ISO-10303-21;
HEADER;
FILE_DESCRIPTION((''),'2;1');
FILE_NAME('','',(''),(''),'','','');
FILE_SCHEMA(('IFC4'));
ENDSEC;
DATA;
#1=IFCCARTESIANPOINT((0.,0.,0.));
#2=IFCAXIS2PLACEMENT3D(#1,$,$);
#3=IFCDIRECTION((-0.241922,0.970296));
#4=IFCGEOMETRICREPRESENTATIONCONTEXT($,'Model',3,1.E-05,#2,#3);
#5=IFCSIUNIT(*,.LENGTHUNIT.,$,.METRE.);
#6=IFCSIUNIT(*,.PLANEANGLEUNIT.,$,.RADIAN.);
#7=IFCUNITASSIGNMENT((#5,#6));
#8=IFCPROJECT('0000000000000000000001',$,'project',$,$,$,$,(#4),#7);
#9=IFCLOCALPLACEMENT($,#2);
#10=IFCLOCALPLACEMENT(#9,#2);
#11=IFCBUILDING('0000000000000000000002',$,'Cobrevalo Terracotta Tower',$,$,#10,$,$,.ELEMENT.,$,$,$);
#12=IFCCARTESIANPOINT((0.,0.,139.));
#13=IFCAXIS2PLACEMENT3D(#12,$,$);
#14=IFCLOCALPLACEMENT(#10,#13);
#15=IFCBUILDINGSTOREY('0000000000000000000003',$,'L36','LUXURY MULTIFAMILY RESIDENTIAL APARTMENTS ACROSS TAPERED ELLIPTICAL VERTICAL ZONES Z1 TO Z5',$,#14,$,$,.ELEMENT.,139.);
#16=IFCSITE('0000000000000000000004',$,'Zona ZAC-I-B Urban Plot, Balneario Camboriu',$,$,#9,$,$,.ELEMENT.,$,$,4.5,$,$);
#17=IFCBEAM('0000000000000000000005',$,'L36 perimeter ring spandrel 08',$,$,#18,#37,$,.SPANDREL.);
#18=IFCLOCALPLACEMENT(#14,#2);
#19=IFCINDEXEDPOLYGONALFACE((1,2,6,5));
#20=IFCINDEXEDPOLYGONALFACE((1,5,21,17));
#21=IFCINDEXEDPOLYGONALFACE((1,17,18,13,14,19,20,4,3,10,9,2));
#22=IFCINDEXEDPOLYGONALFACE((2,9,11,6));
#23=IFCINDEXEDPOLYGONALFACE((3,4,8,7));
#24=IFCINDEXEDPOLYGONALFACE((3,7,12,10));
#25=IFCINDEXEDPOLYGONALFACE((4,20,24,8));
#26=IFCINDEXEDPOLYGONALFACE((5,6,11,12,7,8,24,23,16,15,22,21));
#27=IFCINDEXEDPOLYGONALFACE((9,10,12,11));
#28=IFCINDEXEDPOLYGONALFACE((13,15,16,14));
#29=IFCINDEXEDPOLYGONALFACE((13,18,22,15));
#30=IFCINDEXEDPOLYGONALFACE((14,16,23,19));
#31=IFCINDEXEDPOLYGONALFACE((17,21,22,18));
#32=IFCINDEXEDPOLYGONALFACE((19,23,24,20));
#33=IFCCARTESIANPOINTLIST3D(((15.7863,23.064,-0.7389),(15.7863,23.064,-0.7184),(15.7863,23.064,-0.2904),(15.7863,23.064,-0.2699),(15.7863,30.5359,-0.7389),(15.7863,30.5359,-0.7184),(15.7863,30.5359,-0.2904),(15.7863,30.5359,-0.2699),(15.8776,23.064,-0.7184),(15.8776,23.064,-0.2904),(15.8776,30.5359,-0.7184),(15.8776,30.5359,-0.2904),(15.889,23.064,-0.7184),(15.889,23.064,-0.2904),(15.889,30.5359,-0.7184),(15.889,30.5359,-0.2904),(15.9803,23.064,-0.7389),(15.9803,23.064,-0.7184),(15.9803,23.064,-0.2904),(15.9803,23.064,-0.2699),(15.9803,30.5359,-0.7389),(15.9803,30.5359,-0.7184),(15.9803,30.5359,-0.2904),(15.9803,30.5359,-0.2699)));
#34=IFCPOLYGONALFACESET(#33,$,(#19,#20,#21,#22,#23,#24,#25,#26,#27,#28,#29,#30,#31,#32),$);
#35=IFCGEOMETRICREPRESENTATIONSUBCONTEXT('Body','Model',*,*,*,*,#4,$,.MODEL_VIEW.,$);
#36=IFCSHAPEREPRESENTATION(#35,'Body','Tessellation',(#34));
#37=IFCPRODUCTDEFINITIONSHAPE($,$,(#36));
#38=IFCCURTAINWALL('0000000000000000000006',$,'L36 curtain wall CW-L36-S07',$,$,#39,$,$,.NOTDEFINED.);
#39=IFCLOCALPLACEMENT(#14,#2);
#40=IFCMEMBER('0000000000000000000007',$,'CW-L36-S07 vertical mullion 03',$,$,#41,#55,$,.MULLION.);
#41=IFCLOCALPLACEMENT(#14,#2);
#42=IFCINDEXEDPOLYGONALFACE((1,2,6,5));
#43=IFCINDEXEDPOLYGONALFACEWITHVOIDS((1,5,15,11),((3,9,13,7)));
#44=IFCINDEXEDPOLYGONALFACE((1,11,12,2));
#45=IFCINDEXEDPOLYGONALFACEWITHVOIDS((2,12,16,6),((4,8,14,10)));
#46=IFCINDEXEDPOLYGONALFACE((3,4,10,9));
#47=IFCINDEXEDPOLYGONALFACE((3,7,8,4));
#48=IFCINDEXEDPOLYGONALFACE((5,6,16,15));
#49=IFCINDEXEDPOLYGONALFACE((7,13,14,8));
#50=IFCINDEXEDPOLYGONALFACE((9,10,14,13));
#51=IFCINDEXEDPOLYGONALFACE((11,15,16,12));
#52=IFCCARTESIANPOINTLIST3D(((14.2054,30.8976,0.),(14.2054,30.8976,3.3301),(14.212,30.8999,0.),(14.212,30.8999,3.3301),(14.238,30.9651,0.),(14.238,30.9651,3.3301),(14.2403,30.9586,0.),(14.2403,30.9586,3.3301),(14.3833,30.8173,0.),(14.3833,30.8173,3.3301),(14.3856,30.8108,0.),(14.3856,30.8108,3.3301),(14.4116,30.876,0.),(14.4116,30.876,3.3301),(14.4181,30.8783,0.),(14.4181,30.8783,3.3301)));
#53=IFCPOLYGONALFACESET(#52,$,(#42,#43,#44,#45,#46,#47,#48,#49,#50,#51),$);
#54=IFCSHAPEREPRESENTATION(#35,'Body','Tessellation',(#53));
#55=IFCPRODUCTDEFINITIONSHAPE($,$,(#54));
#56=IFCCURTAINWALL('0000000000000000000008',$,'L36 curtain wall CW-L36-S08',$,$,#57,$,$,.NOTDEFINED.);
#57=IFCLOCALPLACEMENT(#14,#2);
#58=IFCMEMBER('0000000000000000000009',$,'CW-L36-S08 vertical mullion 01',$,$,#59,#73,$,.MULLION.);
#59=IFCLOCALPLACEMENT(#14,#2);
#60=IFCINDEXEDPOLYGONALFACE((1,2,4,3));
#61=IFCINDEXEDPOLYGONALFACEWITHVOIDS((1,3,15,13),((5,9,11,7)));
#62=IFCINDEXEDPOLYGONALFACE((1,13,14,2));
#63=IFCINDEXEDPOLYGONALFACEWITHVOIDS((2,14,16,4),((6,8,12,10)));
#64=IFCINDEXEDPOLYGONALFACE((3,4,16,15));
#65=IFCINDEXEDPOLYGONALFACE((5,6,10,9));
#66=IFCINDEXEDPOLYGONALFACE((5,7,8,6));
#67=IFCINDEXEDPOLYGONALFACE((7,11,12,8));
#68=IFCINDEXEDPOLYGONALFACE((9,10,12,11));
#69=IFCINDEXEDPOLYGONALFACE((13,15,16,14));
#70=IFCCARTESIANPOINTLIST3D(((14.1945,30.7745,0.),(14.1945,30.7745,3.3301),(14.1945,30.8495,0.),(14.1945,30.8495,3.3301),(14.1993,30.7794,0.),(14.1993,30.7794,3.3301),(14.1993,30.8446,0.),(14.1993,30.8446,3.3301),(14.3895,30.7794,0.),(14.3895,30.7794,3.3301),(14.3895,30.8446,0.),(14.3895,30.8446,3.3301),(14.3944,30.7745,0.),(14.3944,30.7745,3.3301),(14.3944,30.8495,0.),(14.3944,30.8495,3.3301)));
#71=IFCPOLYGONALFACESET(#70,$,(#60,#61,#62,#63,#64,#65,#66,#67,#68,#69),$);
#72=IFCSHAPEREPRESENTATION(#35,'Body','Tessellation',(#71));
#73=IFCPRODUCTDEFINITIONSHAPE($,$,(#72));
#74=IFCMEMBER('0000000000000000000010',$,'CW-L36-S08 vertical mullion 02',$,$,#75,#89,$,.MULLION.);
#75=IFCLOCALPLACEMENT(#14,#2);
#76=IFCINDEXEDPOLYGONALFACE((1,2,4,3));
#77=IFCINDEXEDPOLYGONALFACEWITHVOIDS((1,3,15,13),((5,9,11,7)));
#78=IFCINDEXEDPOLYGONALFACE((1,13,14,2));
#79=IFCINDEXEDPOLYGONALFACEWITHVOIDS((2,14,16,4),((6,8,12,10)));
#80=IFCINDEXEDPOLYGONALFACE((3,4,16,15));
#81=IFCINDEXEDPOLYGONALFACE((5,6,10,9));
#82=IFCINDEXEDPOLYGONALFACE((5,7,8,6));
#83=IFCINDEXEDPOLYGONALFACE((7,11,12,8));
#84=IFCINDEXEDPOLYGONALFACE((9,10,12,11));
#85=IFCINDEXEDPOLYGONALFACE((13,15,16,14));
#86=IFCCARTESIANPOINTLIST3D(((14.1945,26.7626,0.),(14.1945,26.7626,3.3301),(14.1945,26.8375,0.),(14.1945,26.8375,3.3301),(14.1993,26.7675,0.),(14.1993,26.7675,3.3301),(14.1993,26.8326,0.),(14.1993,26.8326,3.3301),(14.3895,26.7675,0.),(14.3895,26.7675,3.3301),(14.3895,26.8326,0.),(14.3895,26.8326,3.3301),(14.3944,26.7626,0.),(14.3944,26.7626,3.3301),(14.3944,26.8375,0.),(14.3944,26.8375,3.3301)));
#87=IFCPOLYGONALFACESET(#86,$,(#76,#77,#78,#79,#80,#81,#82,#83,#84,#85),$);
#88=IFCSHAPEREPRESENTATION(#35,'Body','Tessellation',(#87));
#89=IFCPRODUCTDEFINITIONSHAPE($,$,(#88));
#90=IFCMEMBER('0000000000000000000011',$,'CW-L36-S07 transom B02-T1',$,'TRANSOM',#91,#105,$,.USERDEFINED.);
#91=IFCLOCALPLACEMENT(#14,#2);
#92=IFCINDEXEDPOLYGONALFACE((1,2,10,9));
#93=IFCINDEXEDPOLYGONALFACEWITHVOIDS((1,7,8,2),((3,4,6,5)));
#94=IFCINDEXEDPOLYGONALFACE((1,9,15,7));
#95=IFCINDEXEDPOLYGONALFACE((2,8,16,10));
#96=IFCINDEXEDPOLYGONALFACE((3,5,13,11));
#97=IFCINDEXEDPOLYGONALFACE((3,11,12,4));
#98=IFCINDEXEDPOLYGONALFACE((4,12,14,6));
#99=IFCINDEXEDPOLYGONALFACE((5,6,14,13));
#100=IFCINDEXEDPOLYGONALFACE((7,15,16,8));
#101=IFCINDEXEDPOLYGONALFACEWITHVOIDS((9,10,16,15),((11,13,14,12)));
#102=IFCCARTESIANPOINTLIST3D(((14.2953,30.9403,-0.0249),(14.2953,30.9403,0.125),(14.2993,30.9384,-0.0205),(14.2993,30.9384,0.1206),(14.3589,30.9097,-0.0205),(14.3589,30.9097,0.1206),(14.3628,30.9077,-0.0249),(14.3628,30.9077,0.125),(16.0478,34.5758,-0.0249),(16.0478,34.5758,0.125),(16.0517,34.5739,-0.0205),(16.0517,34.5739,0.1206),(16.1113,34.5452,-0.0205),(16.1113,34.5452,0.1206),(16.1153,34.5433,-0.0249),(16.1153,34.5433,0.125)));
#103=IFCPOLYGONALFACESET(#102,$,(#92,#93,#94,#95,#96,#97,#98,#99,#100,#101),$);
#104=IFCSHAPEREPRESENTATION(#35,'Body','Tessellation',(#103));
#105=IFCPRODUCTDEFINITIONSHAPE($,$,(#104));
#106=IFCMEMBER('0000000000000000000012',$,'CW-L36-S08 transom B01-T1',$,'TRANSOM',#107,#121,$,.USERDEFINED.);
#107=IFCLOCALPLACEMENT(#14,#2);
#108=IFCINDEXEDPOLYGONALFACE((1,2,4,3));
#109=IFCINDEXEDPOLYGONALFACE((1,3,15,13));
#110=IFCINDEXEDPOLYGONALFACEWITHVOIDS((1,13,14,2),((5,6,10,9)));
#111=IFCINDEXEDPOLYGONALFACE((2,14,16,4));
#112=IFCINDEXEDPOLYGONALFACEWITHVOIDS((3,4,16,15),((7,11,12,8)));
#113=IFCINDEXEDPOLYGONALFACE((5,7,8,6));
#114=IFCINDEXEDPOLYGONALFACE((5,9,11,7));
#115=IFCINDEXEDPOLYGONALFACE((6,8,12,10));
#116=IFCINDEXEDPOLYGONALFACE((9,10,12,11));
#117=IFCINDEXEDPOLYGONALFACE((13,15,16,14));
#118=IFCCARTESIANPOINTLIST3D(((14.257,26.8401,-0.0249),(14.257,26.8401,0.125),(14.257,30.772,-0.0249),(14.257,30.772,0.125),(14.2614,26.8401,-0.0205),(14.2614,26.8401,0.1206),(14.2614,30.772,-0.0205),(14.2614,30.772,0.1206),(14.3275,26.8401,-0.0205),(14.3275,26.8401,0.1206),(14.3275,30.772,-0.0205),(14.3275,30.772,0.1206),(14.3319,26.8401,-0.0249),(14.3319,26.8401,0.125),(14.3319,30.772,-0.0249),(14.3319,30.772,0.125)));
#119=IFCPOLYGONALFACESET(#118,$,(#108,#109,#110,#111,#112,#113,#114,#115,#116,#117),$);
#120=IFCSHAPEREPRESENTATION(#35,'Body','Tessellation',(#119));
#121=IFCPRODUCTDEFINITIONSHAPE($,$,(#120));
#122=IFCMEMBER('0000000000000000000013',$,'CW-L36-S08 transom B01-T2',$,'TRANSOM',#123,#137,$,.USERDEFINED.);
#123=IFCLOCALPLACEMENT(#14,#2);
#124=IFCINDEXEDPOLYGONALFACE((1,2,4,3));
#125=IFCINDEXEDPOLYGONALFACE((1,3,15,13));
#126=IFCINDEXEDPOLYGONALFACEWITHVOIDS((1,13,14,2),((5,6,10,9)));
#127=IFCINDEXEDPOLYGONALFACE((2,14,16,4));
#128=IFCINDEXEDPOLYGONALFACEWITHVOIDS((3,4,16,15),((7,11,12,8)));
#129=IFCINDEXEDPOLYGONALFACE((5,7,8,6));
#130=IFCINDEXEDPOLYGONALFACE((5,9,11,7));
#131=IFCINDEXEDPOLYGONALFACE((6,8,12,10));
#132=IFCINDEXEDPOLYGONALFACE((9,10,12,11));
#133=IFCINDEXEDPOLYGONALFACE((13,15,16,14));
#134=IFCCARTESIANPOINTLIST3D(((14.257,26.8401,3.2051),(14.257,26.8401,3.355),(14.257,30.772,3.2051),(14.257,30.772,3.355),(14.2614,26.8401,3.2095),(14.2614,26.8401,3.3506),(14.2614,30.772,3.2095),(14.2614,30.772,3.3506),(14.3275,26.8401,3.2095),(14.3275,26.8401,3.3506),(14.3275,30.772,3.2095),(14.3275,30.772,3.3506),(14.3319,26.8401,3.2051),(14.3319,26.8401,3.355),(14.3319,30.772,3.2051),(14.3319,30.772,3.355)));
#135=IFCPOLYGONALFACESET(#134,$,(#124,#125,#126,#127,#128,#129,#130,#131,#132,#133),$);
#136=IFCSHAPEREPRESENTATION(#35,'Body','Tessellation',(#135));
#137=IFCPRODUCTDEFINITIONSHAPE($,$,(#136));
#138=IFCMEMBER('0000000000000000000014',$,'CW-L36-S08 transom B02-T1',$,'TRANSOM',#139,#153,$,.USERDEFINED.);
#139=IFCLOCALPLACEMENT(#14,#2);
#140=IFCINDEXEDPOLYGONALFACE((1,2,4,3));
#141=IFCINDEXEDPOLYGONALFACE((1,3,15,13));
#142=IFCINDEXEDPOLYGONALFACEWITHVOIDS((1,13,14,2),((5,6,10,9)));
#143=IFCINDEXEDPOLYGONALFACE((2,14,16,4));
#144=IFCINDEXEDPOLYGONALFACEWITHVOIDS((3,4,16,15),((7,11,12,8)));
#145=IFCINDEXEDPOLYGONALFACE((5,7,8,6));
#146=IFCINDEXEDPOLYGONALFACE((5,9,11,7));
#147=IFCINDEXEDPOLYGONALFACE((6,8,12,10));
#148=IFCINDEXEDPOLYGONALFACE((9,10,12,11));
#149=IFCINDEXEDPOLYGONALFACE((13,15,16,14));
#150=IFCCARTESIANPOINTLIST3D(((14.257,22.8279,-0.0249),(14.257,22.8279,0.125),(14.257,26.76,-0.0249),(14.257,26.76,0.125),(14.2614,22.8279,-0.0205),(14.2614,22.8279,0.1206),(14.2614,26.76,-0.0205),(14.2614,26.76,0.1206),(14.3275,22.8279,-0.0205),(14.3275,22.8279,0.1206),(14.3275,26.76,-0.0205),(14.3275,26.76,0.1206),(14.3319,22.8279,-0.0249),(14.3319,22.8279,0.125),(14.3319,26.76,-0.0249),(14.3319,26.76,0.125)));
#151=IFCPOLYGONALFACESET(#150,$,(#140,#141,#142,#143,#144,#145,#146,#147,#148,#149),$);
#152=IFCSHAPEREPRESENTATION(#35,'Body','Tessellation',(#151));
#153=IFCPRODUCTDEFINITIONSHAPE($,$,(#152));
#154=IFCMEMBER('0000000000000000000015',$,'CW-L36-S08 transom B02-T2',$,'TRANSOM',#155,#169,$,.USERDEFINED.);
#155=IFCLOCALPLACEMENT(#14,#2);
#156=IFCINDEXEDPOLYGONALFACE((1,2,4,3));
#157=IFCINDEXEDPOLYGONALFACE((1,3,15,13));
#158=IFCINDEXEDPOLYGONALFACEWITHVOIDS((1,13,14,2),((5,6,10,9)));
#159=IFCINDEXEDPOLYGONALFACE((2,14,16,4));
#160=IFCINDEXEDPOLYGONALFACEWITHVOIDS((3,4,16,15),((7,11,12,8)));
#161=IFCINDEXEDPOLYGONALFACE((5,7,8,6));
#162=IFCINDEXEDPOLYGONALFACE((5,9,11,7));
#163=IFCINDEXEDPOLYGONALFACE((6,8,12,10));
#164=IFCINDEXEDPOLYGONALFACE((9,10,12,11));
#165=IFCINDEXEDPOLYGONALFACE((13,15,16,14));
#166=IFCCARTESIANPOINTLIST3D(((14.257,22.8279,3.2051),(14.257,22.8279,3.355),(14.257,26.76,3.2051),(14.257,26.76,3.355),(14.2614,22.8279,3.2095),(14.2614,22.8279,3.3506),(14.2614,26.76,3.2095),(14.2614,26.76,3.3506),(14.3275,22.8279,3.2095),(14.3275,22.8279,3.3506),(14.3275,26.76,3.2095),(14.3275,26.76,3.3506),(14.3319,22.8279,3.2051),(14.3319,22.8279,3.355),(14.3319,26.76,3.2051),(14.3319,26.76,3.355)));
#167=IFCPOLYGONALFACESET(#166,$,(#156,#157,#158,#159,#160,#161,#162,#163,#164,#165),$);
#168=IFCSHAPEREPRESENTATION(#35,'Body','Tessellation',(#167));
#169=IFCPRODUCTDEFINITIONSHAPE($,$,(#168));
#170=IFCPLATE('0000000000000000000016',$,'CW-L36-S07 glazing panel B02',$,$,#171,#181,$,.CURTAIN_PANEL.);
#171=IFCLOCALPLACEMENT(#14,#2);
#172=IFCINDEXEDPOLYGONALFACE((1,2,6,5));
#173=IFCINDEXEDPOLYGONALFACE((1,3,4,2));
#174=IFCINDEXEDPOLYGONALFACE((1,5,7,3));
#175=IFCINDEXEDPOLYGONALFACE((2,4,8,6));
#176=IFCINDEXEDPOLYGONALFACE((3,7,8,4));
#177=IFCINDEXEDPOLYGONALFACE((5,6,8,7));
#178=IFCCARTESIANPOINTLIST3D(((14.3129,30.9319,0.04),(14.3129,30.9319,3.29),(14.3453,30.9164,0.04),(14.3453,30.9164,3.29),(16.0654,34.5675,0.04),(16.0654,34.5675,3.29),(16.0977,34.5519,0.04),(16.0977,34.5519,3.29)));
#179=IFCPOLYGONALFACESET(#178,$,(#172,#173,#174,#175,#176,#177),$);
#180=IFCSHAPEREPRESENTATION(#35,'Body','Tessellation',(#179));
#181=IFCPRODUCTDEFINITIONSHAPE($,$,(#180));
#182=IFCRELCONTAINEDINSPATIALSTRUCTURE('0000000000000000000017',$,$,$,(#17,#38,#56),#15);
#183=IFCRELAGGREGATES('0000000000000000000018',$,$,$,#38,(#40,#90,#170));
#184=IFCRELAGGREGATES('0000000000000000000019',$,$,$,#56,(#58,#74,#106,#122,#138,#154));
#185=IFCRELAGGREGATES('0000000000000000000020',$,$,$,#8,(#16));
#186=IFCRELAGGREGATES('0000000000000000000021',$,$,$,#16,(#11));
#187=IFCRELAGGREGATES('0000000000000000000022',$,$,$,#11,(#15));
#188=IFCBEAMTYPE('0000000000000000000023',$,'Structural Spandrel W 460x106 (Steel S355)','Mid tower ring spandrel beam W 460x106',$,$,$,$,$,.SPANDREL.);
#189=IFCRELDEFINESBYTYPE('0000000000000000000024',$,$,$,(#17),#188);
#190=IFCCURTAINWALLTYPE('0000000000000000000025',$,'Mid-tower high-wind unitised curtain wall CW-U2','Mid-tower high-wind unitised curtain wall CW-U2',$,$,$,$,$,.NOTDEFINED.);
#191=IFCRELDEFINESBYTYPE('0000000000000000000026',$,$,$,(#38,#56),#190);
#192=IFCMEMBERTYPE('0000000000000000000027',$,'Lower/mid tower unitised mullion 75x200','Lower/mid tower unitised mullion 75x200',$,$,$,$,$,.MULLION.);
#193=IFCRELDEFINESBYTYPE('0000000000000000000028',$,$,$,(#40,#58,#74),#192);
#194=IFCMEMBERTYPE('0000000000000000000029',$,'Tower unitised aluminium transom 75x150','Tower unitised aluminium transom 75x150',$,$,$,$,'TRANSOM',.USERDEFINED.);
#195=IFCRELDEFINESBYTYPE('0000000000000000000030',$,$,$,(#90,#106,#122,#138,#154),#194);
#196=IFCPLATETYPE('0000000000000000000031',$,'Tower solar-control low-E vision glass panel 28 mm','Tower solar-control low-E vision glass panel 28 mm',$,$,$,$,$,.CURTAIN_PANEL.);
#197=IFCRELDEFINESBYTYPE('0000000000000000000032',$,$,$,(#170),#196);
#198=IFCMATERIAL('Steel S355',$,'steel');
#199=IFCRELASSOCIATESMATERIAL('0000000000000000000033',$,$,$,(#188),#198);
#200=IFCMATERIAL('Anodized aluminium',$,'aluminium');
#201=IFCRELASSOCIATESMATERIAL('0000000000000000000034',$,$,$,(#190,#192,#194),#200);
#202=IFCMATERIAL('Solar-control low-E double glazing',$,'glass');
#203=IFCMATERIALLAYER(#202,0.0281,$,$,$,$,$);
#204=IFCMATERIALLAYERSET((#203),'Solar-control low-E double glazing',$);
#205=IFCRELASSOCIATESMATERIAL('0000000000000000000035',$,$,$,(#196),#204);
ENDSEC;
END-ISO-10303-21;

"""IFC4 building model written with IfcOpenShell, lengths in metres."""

from ifc_helpers import new_model, si_unit, direction, frame, origin, origin_2d, place, context, subcontext, project, spatial, rectangle, hollow_rectangle, i_section, extrude, source, transform, mapped, material, layer, layer_set, material_profile, profile_set, type_object, element, aggregate, save


model = new_model("IFC4")

# Units and contexts
model_context = context("Model", 3, precision=1e-05, world=origin(), true_north=direction((-0.241922, 0.970296)))
body_context = subcontext(model_context, "Body", "Model", "MODEL_VIEW")
ifc_project = project(units=[si_unit("LENGTHUNIT", "METRE"), si_unit("PLANEANGLEUNIT", "RADIAN")], contexts=[model_context])

# Site, building, storey
site_placement = place(None, origin())
site = spatial("IfcSite", under=ifc_project, at=site_placement, Name="Zona ZAC-I-B Urban Plot, Balneario Camboriu", CompositionType="ELEMENT", RefElevation=4.5)
building_placement = place(site_placement, origin())
building = spatial("IfcBuilding", under=site, at=building_placement, Name="Cobrevalo Terracotta Tower", CompositionType="ELEMENT")
storey_placement = place(building_placement, frame((0.0, 0.0, 139.0)))
storey = spatial("IfcBuildingStorey", under=building, at=storey_placement, Name="L36", Description="LUXURY MULTIFAMILY RESIDENTIAL APARTMENTS ACROSS TAPERED ELLIPTICAL VERTICAL ZONES Z1 TO Z5", CompositionType="ELEMENT", Elevation=139.0)

# Shared definitions
ifc_material_1 = material(Name="Steel S355", Category="steel")

# Beam
ifc_material_profile_1 = material_profile(ifc_material_1, i_section(OverallWidth=0.1941, OverallDepth=0.469, WebThickness=0.0115, FlangeThickness=0.0205, at=origin_2d()), Name="W 460x106")
ifc_profile_set_1 = profile_set([ifc_material_profile_1], Name="Steel S355")
beam_type_1 = type_object("IfcBeamType", Name="Structural Spandrel W 460x106 (Steel S355)", Description="Mid tower ring spandrel beam W 460x106", PredefinedType="SPANDREL", material=ifc_profile_set_1)
beam_1_placement = place(storey_placement, frame((15.8833, 30.5359, -0.5044), z_axis=(0.0, -1.0, 0.0), x_axis=(1.0, 0.0, 0.0)))
element("IfcBeam", 1, at=beam_1_placement, inside=storey, type_object=beam_type_1, Name="L36 perimeter ring spandrel 08", PredefinedType="SPANDREL", context=body_context, shape_type="SweptSolid", body=[
    extrude(i_section(OverallWidth=0.1941, OverallDepth=0.469, WebThickness=0.0115, FlangeThickness=0.0205, at=origin_2d()), origin(), (0.0, 0.0, 1.0), 7.4719),
])

# Curtain wall, member
ifc_material_2 = material(Name="Anodized aluminium", Category="aluminium")
curtain_wall_type = type_object("IfcCurtainWallType", Name="Mid-tower high-wind unitised curtain wall CW-U2", Description="Mid-tower high-wind unitised curtain wall CW-U2", PredefinedType="NOTDEFINED", material=ifc_material_2)
curtain_wall_1_placement = place(storey_placement, origin())
curtain_wall_1 = element("IfcCurtainWall", 2, at=curtain_wall_1_placement, inside=storey, type_object=curtain_wall_type, Name="L36 curtain wall CW-L36-S07", PredefinedType="NOTDEFINED")
ifc_material_profile_2 = material_profile(ifc_material_2, hollow_rectangle(XDim=0.075, YDim=0.2, WallThickness=0.0049, at=origin_2d()), Name="CWM 75x200")
ifc_profile_set_2 = profile_set([ifc_material_profile_2], Name="Anodized aluminium")
member_type_1 = type_object("IfcMemberType", Name="Lower/mid tower unitised mullion 75x200", Description="Lower/mid tower unitised mullion 75x200", PredefinedType="MULLION", material=ifc_profile_set_2)
shared_shape_1 = source(origin(), body_context, "Body", "SweptSolid", [
    extrude(hollow_rectangle(XDim=0.075, YDim=0.2, WallThickness=0.0049, at=origin_2d()), origin(), (0.0, 0.0, 1.0), 3.3301),
])
member_1_placement = place(storey_placement, frame((14.3118, 30.8879, 0.0), z_axis=(0.0, 0.0, 1.0), x_axis=(-0.434209, -0.900812, 0.0)))
member_1 = element("IfcMember", 3, at=member_1_placement, type_object=member_type_1, Name="CW-L36-S07 vertical mullion 03", PredefinedType="MULLION", context=body_context, shape_type="MappedRepresentation", body=[
    mapped(shared_shape_1, transform((0.0, 0.0, 0.0), scale=1.0)),
])

# Curtain wall, members
curtain_wall_2_placement = place(storey_placement, origin())
curtain_wall_2 = element("IfcCurtainWall", 4, at=curtain_wall_2_placement, inside=storey, type_object=curtain_wall_type, Name="L36 curtain wall CW-L36-S08", PredefinedType="NOTDEFINED")
member_2_placement = place(storey_placement, frame((14.2944, 30.812, 0.0), z_axis=(0.0, 0.0, 1.0), x_axis=(0.0, -1.0, 0.0)))
member_2 = element("IfcMember", 5, at=member_2_placement, type_object=member_type_1, Name="CW-L36-S08 vertical mullion 01", PredefinedType="MULLION", context=body_context, shape_type="MappedRepresentation", body=[
    mapped(shared_shape_1, transform((0.0, 0.0, 0.0), scale=1.0)),
])
member_3_placement = place(storey_placement, frame((14.2944, 26.8, 0.0), z_axis=(0.0, 0.0, 1.0), x_axis=(0.0, -1.0, 0.0)))
member_3 = element("IfcMember", 6, at=member_3_placement, type_object=member_type_1, Name="CW-L36-S08 vertical mullion 02", PredefinedType="MULLION", context=body_context, shape_type="MappedRepresentation", body=[
    mapped(shared_shape_1, transform((0.0, 0.0, 0.0), scale=1.0)),
])

# Members
ifc_material_profile_3 = material_profile(ifc_material_2, hollow_rectangle(XDim=0.075, YDim=0.1499, WallThickness=0.0044, at=origin_2d()), Name="CWT 75x150")
ifc_profile_set_3 = profile_set([ifc_material_profile_3], Name="Anodized aluminium")
member_type_2 = type_object("IfcMemberType", Name="Tower unitised aluminium transom 75x150", Description="Tower unitised aluminium transom 75x150", ElementType="TRANSOM", PredefinedType="USERDEFINED", material=ifc_profile_set_3)
shared_shape_2 = source(origin(), body_context, "Body", "SweptSolid", [
    extrude(hollow_rectangle(XDim=0.075, YDim=0.1499, WallThickness=0.0044, at=origin_2d()), origin(), (0.0, 0.0, 1.0), 4.0359),
])
member_4_placement = place(storey_placement, frame((16.0815, 34.5596, 0.05), z_axis=(-0.434221, -0.900806, 0.0), x_axis=(0.900806, -0.434221, 0.0)))
member_4 = element("IfcMember", 7, at=member_4_placement, type_object=member_type_2, Name="CW-L36-S07 transom B02-T1", ObjectType="TRANSOM", PredefinedType="USERDEFINED", context=body_context, shape_type="MappedRepresentation", body=[
    mapped(shared_shape_2, transform((0.0, 0.0, 0.0), scale=1.0)),
])
shared_shape_3 = source(origin(), body_context, "Body", "SweptSolid", [
    extrude(hollow_rectangle(XDim=0.075, YDim=0.1499, WallThickness=0.0044, at=origin_2d()), origin(), (0.0, 0.0, 1.0), 3.9319),
])
member_5_placement = place(storey_placement, frame((14.2944, 30.772, 0.05), z_axis=(0.0, -1.0, 0.0), x_axis=(1.0, 0.0, 0.0)))
member_5 = element("IfcMember", 8, at=member_5_placement, type_object=member_type_2, Name="CW-L36-S08 transom B01-T1", ObjectType="TRANSOM", PredefinedType="USERDEFINED", context=body_context, shape_type="MappedRepresentation", body=[
    mapped(shared_shape_3, transform((0.0, 0.0, 0.0), scale=1.0)),
])
member_6_placement = place(storey_placement, frame((14.2944, 30.772, 3.28), z_axis=(0.0, -1.0, 0.0), x_axis=(1.0, 0.0, 0.0)))
member_6 = element("IfcMember", 9, at=member_6_placement, type_object=member_type_2, Name="CW-L36-S08 transom B01-T2", ObjectType="TRANSOM", PredefinedType="USERDEFINED", context=body_context, shape_type="MappedRepresentation", body=[
    mapped(shared_shape_3, transform((0.0, 0.0, 0.0), scale=1.0)),
])
shared_shape_4 = source(origin(), body_context, "Body", "SweptSolid", [
    extrude(hollow_rectangle(XDim=0.075, YDim=0.1499, WallThickness=0.0044, at=origin_2d()), origin(), (0.0, 0.0, 1.0), 3.9321),
])
member_7_placement = place(storey_placement, frame((14.2944, 26.76, 0.05), z_axis=(0.0, -1.0, 0.0), x_axis=(1.0, 0.0, 0.0)))
member_7 = element("IfcMember", 10, at=member_7_placement, type_object=member_type_2, Name="CW-L36-S08 transom B02-T1", ObjectType="TRANSOM", PredefinedType="USERDEFINED", context=body_context, shape_type="MappedRepresentation", body=[
    mapped(shared_shape_4, transform((0.0, 0.0, 0.0), scale=1.0)),
])
member_8_placement = place(storey_placement, frame((14.2944, 26.76, 3.28), z_axis=(0.0, -1.0, 0.0), x_axis=(1.0, 0.0, 0.0)))
member_8 = element("IfcMember", 11, at=member_8_placement, type_object=member_type_2, Name="CW-L36-S08 transom B02-T2", ObjectType="TRANSOM", PredefinedType="USERDEFINED", context=body_context, shape_type="MappedRepresentation", body=[
    mapped(shared_shape_4, transform((0.0, 0.0, 0.0), scale=1.0)),
])

# Plate
ifc_material_3 = material(Name="Solar-control low-E double glazing", Category="glass")
ifc_layer_1 = layer(ifc_material_3, 0.0281)
ifc_layer_set_1 = layer_set([ifc_layer_1], Name="Solar-control low-E double glazing")
plate_type = type_object("IfcPlateType", Name="Tower solar-control low-E vision glass panel 28 mm", Description="Tower solar-control low-E vision glass panel 28 mm", PredefinedType="CURTAIN_PANEL", material=ifc_layer_set_1)
shared_shape_5 = source(origin(), body_context, "Body", "SweptSolid", [
    extrude(rectangle(XDim=4.0359, YDim=0.0359, at=origin_2d()), origin(), (0.0, 0.0, 1.0), 3.25),
])
plate_1_placement = place(storey_placement, frame((15.2053, 32.7419, 0.04), z_axis=(0.0, 0.0, 1.0), x_axis=(-0.434209, -0.900812, 0.0)))
plate_1 = element("IfcPlate", 12, at=plate_1_placement, type_object=plate_type, Name="CW-L36-S07 glazing panel B02", PredefinedType="CURTAIN_PANEL", context=body_context, shape_type="MappedRepresentation", body=[
    mapped(shared_shape_5, transform((0.0, 0.0, 0.0), scale=1.0)),
])
aggregate(curtain_wall_1, [member_1, member_4, plate_1])
aggregate(curtain_wall_2, [member_2, member_3, member_5, member_6, member_7, member_8])

save(model, "model.ifc")
